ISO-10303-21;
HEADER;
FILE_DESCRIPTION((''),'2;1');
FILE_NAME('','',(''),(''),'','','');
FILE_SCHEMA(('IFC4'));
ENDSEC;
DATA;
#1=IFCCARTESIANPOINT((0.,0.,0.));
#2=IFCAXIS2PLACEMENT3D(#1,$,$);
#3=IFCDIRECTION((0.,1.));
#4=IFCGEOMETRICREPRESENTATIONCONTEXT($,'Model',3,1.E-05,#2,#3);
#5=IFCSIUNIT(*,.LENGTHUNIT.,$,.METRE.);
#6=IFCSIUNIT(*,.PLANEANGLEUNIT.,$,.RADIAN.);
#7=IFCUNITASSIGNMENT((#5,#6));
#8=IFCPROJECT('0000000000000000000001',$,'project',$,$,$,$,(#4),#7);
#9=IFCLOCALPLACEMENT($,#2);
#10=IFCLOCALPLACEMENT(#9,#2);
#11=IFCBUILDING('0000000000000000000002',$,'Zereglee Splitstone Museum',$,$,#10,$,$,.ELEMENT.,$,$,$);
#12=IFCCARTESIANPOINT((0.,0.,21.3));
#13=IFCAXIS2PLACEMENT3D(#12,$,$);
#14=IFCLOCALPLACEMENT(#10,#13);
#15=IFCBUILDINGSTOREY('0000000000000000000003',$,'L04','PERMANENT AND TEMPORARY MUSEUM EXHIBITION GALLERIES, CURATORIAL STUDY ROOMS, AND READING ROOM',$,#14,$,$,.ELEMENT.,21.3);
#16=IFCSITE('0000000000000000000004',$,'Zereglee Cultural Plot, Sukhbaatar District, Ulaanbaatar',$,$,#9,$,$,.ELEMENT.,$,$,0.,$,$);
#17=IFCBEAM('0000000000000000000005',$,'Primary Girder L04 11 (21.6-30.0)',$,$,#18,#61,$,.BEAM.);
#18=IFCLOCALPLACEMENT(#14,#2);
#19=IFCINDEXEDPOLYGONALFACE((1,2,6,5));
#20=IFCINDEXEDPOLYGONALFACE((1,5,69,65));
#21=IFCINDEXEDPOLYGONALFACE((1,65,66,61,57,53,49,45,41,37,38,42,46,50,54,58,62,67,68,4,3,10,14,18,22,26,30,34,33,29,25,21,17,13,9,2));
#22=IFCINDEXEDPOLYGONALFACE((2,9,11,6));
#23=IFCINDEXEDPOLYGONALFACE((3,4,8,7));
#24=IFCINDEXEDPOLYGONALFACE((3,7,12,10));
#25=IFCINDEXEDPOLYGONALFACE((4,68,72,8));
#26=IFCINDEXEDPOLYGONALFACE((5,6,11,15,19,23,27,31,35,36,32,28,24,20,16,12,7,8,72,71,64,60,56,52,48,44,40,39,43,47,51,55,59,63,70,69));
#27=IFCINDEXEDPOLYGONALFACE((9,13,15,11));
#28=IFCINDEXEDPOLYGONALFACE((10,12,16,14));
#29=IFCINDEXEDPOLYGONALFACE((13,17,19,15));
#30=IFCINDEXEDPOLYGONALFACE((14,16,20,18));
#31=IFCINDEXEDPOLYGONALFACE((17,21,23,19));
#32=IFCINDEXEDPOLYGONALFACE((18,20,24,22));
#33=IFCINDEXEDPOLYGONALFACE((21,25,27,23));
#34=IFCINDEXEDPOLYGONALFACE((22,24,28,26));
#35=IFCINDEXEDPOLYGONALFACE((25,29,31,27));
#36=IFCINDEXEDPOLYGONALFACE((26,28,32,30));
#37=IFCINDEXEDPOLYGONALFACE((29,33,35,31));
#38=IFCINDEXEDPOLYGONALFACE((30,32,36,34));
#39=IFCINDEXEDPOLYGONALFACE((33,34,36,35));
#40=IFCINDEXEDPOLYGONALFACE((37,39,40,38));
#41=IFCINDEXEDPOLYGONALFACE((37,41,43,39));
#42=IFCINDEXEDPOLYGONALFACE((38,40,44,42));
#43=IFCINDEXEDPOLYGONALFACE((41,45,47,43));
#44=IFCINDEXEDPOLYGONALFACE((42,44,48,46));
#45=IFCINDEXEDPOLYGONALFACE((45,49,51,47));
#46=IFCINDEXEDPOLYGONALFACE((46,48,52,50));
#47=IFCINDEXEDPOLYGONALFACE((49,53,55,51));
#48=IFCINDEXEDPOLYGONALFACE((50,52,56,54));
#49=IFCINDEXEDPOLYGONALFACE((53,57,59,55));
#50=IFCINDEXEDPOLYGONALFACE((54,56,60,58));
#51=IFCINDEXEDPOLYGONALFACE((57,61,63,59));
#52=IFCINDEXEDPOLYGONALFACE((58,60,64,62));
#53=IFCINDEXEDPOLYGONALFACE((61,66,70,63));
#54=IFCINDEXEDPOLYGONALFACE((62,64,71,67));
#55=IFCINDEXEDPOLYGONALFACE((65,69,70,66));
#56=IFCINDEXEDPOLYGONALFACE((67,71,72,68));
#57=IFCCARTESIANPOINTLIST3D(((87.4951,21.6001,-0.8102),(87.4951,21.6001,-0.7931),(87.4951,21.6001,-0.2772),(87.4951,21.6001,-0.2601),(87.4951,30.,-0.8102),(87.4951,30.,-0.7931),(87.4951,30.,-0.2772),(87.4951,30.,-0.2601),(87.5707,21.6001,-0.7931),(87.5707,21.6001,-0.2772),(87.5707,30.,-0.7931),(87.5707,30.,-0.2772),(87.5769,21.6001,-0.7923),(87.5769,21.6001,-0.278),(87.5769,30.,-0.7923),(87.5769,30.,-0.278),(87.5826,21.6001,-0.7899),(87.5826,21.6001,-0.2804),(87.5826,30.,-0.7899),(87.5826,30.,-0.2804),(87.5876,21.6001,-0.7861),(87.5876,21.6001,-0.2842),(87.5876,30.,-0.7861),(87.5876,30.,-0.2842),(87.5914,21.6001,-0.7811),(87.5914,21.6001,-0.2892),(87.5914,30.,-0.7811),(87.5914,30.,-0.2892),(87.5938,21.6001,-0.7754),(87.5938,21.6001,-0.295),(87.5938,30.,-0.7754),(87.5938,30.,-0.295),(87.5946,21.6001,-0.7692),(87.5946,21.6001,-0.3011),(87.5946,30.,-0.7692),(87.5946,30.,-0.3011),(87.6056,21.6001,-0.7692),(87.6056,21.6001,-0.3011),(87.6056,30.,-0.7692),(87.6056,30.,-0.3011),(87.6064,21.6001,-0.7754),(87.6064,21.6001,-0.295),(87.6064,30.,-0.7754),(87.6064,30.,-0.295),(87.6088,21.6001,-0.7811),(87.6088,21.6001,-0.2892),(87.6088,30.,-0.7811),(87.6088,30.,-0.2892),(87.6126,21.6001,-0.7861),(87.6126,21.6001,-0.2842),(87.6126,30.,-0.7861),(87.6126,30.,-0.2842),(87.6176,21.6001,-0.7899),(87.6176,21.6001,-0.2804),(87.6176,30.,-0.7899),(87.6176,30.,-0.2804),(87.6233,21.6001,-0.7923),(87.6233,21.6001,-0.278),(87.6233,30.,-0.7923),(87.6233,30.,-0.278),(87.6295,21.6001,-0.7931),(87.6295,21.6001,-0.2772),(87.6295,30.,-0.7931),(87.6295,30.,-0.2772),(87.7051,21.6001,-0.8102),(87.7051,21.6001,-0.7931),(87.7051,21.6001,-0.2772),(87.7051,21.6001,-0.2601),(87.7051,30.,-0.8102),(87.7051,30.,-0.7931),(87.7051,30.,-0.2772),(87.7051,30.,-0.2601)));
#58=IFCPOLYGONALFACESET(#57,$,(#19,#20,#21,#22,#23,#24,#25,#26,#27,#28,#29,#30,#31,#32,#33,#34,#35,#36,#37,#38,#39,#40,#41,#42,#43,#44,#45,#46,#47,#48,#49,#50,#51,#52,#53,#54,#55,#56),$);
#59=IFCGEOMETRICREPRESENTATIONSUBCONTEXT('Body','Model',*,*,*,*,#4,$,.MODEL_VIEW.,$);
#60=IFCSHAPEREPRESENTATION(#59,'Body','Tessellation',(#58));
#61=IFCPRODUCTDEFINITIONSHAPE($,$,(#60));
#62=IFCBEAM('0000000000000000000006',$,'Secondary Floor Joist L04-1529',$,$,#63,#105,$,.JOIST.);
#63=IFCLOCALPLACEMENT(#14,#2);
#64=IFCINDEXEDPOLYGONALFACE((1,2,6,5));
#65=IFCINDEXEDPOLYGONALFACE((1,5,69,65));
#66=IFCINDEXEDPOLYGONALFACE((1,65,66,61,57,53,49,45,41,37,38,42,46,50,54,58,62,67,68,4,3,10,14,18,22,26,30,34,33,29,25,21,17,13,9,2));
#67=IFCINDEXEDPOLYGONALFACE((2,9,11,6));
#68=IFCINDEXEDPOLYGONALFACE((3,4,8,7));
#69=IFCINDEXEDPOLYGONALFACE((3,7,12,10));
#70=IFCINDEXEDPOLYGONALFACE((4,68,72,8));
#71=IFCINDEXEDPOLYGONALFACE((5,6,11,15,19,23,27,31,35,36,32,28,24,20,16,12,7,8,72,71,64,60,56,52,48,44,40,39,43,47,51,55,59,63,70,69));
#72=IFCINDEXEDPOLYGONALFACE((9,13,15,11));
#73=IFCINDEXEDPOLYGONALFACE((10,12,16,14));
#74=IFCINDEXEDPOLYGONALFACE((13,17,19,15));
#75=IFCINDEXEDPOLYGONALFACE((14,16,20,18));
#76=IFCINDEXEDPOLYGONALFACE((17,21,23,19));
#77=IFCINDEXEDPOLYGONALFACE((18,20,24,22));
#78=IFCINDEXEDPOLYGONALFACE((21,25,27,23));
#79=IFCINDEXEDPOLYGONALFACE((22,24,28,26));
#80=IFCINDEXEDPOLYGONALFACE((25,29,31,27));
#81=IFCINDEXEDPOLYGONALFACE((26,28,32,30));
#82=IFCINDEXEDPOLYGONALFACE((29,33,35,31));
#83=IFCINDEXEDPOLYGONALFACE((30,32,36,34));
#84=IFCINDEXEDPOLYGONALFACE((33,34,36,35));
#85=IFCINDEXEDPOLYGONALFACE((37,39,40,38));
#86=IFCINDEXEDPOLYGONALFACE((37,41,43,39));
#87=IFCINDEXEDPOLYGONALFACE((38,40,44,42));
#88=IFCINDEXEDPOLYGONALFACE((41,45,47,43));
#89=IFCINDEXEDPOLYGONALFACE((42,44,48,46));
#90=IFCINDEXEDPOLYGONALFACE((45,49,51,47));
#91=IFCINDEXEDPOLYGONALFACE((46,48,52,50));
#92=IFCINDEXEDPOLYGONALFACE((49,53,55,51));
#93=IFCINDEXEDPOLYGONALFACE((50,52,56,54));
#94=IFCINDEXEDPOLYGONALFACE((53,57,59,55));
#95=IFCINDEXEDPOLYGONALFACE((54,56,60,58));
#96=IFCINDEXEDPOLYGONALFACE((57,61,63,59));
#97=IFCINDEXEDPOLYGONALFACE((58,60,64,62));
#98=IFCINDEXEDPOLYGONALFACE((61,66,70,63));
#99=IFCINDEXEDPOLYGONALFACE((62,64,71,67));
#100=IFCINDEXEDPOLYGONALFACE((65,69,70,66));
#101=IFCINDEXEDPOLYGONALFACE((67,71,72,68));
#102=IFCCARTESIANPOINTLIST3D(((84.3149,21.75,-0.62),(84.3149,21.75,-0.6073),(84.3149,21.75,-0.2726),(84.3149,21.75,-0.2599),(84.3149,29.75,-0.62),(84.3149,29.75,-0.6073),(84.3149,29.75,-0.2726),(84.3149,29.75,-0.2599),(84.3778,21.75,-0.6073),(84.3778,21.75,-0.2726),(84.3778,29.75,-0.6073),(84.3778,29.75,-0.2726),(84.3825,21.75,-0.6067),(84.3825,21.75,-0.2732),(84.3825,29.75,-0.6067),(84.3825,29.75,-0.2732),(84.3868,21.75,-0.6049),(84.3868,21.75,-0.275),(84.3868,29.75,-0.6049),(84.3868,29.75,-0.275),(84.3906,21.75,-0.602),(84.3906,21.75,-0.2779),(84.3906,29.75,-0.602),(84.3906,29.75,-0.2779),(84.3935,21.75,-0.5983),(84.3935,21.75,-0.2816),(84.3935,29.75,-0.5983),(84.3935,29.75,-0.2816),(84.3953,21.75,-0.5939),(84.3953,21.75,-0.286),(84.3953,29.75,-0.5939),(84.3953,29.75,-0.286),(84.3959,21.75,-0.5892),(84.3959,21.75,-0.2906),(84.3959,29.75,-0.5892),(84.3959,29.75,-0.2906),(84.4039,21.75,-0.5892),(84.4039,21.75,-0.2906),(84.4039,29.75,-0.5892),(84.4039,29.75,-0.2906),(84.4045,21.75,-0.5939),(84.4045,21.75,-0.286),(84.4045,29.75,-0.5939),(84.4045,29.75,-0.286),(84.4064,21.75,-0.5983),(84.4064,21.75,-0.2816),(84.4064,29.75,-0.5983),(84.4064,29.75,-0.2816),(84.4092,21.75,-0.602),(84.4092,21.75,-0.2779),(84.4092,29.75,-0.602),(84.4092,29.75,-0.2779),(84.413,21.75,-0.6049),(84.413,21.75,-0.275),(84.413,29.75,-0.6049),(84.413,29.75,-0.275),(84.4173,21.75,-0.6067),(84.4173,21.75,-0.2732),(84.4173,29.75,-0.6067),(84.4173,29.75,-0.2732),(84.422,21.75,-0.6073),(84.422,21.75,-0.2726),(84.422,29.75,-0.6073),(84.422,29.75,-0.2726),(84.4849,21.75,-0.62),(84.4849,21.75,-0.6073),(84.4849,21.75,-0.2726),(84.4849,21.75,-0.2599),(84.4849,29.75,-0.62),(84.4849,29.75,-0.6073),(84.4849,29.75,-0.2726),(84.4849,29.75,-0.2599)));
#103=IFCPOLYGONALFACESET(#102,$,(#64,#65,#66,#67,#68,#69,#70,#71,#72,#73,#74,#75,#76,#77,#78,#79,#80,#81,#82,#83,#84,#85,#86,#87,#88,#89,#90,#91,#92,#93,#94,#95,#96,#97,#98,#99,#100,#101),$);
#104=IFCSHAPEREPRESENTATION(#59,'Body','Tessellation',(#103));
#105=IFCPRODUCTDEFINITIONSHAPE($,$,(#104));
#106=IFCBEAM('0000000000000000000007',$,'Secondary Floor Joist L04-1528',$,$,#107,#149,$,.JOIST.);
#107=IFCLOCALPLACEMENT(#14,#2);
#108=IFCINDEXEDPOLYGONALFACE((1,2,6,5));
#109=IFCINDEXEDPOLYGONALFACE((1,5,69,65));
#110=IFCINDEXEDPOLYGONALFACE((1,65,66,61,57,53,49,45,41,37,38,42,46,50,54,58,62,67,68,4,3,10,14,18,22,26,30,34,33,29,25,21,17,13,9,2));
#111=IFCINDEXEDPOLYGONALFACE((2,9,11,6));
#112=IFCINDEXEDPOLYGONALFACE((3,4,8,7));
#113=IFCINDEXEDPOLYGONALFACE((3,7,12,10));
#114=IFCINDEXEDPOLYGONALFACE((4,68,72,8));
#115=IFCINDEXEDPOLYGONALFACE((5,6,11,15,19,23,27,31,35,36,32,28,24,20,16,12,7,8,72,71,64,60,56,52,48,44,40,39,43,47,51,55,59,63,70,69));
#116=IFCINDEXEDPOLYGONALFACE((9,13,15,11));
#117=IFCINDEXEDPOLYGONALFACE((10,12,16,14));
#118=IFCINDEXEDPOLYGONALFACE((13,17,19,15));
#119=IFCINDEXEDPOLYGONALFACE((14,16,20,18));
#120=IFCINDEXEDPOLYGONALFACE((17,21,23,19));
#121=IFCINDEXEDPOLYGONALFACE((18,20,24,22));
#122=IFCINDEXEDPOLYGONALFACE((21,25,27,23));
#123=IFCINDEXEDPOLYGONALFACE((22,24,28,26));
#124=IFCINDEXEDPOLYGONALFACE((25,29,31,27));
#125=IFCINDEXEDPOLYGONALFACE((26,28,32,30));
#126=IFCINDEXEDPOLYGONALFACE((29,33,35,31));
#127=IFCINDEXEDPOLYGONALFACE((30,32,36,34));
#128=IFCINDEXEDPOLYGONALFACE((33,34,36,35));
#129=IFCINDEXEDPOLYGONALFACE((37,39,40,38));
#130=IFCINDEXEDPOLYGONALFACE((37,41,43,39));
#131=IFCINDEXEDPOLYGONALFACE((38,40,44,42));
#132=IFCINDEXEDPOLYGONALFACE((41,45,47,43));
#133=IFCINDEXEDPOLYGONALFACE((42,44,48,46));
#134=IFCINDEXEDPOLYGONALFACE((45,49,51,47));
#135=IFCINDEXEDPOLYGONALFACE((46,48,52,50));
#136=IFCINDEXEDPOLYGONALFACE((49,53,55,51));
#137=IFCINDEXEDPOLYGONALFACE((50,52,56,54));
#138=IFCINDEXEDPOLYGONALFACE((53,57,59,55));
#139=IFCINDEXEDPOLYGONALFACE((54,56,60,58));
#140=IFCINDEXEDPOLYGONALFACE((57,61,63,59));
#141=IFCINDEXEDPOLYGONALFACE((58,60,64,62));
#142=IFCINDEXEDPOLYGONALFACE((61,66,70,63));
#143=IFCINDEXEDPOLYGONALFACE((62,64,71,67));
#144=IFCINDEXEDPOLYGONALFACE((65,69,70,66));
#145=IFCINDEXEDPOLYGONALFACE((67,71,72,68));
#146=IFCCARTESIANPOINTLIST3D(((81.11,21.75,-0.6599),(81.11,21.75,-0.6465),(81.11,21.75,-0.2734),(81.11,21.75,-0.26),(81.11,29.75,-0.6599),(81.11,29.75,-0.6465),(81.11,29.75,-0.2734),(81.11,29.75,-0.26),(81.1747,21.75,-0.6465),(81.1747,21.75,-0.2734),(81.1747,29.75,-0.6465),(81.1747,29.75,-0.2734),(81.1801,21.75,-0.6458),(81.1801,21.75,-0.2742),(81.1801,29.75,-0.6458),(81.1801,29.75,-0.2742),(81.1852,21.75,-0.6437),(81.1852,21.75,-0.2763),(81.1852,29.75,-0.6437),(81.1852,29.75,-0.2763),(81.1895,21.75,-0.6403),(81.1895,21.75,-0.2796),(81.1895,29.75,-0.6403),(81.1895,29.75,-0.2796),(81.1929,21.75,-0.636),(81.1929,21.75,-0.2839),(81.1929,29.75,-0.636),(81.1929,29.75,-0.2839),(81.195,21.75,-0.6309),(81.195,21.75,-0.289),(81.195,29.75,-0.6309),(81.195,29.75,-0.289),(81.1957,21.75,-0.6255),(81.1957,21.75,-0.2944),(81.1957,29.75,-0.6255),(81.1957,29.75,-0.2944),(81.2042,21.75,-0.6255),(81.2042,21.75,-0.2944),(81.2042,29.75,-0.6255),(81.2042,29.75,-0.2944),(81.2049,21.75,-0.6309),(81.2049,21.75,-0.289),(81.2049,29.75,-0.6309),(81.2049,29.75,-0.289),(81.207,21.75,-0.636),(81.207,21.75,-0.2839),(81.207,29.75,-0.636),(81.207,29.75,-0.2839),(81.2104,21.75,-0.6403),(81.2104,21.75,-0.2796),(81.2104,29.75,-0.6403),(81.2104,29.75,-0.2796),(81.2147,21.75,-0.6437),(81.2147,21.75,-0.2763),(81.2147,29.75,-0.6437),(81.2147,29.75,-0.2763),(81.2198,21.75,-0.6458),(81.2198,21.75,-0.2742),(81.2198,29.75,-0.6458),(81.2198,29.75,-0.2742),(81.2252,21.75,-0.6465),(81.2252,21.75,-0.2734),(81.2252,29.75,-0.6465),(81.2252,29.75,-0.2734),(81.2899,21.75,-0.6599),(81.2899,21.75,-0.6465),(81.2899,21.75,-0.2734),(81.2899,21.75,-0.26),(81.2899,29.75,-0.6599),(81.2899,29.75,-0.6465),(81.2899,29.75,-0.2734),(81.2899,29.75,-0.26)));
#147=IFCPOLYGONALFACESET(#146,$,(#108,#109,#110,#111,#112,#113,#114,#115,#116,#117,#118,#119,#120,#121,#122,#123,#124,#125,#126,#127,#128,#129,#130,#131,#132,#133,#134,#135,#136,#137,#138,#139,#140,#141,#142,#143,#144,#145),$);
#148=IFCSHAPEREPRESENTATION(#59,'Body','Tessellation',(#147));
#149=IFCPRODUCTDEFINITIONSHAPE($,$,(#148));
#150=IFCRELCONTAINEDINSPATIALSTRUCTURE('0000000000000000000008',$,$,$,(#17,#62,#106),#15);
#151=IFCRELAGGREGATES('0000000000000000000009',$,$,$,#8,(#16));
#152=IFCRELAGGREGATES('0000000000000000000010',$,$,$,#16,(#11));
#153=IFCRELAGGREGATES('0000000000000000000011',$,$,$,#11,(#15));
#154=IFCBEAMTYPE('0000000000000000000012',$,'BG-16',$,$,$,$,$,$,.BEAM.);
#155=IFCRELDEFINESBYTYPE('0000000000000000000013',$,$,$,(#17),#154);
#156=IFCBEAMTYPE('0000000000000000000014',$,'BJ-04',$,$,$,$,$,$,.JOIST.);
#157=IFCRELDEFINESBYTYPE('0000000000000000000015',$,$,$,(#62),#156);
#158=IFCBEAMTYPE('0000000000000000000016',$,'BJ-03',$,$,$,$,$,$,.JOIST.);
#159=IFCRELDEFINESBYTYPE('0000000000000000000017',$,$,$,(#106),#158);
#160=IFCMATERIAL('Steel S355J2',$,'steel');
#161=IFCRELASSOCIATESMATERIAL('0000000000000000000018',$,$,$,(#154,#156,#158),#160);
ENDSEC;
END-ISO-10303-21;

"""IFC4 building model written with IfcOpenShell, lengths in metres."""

from ifc_helpers import new_model, si_unit, direction, frame, origin, origin_2d, place, context, subcontext, project, spatial, i_section, extrude, material, material_profile, profile_set, type_object, element, save


model = new_model("IFC4")

# Units and contexts
model_context = context("Model", 3, precision=1e-05, world=origin(), true_north=direction((0.0, 1.0)))
body_context = subcontext(model_context, "Body", "Model", "MODEL_VIEW")
ifc_project = project(units=[si_unit("LENGTHUNIT", "METRE"), si_unit("PLANEANGLEUNIT", "RADIAN")], contexts=[model_context])

# Site, building, storey
site_placement = place(None, origin())
site = spatial("IfcSite", under=ifc_project, at=site_placement, Name="Zereglee Cultural Plot, Sukhbaatar District, Ulaanbaatar", CompositionType="ELEMENT", RefElevation=0.0)
building_placement = place(site_placement, origin())
building = spatial("IfcBuilding", under=site, at=building_placement, Name="Zereglee Splitstone Museum", CompositionType="ELEMENT")
storey_placement = place(building_placement, frame((0.0, 0.0, 21.3)))
storey = spatial("IfcBuildingStorey", under=building, at=storey_placement, Name="L04", Description="PERMANENT AND TEMPORARY MUSEUM EXHIBITION GALLERIES, CURATORIAL STUDY ROOMS, AND READING ROOM", CompositionType="ELEMENT", Elevation=21.3)

# Shared definitions
ifc_material_1 = material(Name="Steel S355J2", Category="steel")

# Beams
ifc_material_profile_1 = material_profile(ifc_material_1, i_section(OverallWidth=0.21, OverallDepth=0.55, WebThickness=0.011, FlangeThickness=0.0171, FilletRadius=0.0239, at=origin_2d()), Name="IPE 550")
ifc_profile_set_1 = profile_set([ifc_material_profile_1], Name="Steel S355J2")
beam_type_1 = type_object("IfcBeamType", Name="BG-16", PredefinedType="BEAM", material=ifc_profile_set_1)
beam_1_placement = place(storey_placement, frame((87.6001, 21.6001, -0.5352), z_axis=(0.0, 1.0, 0.0), x_axis=(-1.0, 0.0, 0.0)))
element("IfcBeam", 1, at=beam_1_placement, inside=storey, type_object=beam_type_1, Name="Primary Girder L04 11 (21.6-30.0)", PredefinedType="BEAM", context=body_context, shape_type="SweptSolid", body=[
    extrude(i_section(OverallWidth=0.21, OverallDepth=0.55, WebThickness=0.011, FlangeThickness=0.0171, FilletRadius=0.0239, at=origin_2d()), origin(), (0.0, 0.0, 1.0), 8.3999),
])
ifc_material_profile_2 = material_profile(ifc_material_1, i_section(OverallWidth=0.1699, OverallDepth=0.3601, WebThickness=0.0081, FlangeThickness=0.0127, FilletRadius=0.0181, at=origin_2d()), Name="IPE 360")
ifc_profile_set_2 = profile_set([ifc_material_profile_2], Name="Steel S355J2")
beam_type_2 = type_object("IfcBeamType", Name="BJ-04", PredefinedType="JOIST", material=ifc_profile_set_2)
beam_2_placement = place(storey_placement, frame((84.3999, 21.75, -0.4399), z_axis=(0.0, 1.0, 0.0), x_axis=(-1.0, 0.0, 0.0)))
element("IfcBeam", 2, at=beam_2_placement, inside=storey, type_object=beam_type_2, Name="Secondary Floor Joist L04-1529", PredefinedType="JOIST", context=body_context, shape_type="SweptSolid", body=[
    extrude(i_section(OverallWidth=0.1699, OverallDepth=0.3601, WebThickness=0.0081, FlangeThickness=0.0127, FilletRadius=0.0181, at=origin_2d()), origin(), (0.0, 0.0, 1.0), 8.0),
])
ifc_material_profile_3 = material_profile(ifc_material_1, i_section(OverallWidth=0.1799, OverallDepth=0.3999, WebThickness=0.0085, FlangeThickness=0.0134, FilletRadius=0.021, at=origin_2d()), Name="IPE 400")
ifc_profile_set_3 = profile_set([ifc_material_profile_3], Name="Steel S355J2")
beam_type_3 = type_object("IfcBeamType", Name="BJ-03", PredefinedType="JOIST", material=ifc_profile_set_3)
beam_3_placement = place(storey_placement, frame((81.2, 21.75, -0.46), z_axis=(0.0, 1.0, 0.0), x_axis=(-1.0, 0.0, 0.0)))
element("IfcBeam", 3, at=beam_3_placement, inside=storey, type_object=beam_type_3, Name="Secondary Floor Joist L04-1528", PredefinedType="JOIST", context=body_context, shape_type="SweptSolid", body=[
    extrude(i_section(OverallWidth=0.1799, OverallDepth=0.3999, WebThickness=0.0085, FlangeThickness=0.0134, FilletRadius=0.021, at=origin_2d()), origin(), (0.0, 0.0, 1.0), 8.0),
])

save(model, "model.ifc")
